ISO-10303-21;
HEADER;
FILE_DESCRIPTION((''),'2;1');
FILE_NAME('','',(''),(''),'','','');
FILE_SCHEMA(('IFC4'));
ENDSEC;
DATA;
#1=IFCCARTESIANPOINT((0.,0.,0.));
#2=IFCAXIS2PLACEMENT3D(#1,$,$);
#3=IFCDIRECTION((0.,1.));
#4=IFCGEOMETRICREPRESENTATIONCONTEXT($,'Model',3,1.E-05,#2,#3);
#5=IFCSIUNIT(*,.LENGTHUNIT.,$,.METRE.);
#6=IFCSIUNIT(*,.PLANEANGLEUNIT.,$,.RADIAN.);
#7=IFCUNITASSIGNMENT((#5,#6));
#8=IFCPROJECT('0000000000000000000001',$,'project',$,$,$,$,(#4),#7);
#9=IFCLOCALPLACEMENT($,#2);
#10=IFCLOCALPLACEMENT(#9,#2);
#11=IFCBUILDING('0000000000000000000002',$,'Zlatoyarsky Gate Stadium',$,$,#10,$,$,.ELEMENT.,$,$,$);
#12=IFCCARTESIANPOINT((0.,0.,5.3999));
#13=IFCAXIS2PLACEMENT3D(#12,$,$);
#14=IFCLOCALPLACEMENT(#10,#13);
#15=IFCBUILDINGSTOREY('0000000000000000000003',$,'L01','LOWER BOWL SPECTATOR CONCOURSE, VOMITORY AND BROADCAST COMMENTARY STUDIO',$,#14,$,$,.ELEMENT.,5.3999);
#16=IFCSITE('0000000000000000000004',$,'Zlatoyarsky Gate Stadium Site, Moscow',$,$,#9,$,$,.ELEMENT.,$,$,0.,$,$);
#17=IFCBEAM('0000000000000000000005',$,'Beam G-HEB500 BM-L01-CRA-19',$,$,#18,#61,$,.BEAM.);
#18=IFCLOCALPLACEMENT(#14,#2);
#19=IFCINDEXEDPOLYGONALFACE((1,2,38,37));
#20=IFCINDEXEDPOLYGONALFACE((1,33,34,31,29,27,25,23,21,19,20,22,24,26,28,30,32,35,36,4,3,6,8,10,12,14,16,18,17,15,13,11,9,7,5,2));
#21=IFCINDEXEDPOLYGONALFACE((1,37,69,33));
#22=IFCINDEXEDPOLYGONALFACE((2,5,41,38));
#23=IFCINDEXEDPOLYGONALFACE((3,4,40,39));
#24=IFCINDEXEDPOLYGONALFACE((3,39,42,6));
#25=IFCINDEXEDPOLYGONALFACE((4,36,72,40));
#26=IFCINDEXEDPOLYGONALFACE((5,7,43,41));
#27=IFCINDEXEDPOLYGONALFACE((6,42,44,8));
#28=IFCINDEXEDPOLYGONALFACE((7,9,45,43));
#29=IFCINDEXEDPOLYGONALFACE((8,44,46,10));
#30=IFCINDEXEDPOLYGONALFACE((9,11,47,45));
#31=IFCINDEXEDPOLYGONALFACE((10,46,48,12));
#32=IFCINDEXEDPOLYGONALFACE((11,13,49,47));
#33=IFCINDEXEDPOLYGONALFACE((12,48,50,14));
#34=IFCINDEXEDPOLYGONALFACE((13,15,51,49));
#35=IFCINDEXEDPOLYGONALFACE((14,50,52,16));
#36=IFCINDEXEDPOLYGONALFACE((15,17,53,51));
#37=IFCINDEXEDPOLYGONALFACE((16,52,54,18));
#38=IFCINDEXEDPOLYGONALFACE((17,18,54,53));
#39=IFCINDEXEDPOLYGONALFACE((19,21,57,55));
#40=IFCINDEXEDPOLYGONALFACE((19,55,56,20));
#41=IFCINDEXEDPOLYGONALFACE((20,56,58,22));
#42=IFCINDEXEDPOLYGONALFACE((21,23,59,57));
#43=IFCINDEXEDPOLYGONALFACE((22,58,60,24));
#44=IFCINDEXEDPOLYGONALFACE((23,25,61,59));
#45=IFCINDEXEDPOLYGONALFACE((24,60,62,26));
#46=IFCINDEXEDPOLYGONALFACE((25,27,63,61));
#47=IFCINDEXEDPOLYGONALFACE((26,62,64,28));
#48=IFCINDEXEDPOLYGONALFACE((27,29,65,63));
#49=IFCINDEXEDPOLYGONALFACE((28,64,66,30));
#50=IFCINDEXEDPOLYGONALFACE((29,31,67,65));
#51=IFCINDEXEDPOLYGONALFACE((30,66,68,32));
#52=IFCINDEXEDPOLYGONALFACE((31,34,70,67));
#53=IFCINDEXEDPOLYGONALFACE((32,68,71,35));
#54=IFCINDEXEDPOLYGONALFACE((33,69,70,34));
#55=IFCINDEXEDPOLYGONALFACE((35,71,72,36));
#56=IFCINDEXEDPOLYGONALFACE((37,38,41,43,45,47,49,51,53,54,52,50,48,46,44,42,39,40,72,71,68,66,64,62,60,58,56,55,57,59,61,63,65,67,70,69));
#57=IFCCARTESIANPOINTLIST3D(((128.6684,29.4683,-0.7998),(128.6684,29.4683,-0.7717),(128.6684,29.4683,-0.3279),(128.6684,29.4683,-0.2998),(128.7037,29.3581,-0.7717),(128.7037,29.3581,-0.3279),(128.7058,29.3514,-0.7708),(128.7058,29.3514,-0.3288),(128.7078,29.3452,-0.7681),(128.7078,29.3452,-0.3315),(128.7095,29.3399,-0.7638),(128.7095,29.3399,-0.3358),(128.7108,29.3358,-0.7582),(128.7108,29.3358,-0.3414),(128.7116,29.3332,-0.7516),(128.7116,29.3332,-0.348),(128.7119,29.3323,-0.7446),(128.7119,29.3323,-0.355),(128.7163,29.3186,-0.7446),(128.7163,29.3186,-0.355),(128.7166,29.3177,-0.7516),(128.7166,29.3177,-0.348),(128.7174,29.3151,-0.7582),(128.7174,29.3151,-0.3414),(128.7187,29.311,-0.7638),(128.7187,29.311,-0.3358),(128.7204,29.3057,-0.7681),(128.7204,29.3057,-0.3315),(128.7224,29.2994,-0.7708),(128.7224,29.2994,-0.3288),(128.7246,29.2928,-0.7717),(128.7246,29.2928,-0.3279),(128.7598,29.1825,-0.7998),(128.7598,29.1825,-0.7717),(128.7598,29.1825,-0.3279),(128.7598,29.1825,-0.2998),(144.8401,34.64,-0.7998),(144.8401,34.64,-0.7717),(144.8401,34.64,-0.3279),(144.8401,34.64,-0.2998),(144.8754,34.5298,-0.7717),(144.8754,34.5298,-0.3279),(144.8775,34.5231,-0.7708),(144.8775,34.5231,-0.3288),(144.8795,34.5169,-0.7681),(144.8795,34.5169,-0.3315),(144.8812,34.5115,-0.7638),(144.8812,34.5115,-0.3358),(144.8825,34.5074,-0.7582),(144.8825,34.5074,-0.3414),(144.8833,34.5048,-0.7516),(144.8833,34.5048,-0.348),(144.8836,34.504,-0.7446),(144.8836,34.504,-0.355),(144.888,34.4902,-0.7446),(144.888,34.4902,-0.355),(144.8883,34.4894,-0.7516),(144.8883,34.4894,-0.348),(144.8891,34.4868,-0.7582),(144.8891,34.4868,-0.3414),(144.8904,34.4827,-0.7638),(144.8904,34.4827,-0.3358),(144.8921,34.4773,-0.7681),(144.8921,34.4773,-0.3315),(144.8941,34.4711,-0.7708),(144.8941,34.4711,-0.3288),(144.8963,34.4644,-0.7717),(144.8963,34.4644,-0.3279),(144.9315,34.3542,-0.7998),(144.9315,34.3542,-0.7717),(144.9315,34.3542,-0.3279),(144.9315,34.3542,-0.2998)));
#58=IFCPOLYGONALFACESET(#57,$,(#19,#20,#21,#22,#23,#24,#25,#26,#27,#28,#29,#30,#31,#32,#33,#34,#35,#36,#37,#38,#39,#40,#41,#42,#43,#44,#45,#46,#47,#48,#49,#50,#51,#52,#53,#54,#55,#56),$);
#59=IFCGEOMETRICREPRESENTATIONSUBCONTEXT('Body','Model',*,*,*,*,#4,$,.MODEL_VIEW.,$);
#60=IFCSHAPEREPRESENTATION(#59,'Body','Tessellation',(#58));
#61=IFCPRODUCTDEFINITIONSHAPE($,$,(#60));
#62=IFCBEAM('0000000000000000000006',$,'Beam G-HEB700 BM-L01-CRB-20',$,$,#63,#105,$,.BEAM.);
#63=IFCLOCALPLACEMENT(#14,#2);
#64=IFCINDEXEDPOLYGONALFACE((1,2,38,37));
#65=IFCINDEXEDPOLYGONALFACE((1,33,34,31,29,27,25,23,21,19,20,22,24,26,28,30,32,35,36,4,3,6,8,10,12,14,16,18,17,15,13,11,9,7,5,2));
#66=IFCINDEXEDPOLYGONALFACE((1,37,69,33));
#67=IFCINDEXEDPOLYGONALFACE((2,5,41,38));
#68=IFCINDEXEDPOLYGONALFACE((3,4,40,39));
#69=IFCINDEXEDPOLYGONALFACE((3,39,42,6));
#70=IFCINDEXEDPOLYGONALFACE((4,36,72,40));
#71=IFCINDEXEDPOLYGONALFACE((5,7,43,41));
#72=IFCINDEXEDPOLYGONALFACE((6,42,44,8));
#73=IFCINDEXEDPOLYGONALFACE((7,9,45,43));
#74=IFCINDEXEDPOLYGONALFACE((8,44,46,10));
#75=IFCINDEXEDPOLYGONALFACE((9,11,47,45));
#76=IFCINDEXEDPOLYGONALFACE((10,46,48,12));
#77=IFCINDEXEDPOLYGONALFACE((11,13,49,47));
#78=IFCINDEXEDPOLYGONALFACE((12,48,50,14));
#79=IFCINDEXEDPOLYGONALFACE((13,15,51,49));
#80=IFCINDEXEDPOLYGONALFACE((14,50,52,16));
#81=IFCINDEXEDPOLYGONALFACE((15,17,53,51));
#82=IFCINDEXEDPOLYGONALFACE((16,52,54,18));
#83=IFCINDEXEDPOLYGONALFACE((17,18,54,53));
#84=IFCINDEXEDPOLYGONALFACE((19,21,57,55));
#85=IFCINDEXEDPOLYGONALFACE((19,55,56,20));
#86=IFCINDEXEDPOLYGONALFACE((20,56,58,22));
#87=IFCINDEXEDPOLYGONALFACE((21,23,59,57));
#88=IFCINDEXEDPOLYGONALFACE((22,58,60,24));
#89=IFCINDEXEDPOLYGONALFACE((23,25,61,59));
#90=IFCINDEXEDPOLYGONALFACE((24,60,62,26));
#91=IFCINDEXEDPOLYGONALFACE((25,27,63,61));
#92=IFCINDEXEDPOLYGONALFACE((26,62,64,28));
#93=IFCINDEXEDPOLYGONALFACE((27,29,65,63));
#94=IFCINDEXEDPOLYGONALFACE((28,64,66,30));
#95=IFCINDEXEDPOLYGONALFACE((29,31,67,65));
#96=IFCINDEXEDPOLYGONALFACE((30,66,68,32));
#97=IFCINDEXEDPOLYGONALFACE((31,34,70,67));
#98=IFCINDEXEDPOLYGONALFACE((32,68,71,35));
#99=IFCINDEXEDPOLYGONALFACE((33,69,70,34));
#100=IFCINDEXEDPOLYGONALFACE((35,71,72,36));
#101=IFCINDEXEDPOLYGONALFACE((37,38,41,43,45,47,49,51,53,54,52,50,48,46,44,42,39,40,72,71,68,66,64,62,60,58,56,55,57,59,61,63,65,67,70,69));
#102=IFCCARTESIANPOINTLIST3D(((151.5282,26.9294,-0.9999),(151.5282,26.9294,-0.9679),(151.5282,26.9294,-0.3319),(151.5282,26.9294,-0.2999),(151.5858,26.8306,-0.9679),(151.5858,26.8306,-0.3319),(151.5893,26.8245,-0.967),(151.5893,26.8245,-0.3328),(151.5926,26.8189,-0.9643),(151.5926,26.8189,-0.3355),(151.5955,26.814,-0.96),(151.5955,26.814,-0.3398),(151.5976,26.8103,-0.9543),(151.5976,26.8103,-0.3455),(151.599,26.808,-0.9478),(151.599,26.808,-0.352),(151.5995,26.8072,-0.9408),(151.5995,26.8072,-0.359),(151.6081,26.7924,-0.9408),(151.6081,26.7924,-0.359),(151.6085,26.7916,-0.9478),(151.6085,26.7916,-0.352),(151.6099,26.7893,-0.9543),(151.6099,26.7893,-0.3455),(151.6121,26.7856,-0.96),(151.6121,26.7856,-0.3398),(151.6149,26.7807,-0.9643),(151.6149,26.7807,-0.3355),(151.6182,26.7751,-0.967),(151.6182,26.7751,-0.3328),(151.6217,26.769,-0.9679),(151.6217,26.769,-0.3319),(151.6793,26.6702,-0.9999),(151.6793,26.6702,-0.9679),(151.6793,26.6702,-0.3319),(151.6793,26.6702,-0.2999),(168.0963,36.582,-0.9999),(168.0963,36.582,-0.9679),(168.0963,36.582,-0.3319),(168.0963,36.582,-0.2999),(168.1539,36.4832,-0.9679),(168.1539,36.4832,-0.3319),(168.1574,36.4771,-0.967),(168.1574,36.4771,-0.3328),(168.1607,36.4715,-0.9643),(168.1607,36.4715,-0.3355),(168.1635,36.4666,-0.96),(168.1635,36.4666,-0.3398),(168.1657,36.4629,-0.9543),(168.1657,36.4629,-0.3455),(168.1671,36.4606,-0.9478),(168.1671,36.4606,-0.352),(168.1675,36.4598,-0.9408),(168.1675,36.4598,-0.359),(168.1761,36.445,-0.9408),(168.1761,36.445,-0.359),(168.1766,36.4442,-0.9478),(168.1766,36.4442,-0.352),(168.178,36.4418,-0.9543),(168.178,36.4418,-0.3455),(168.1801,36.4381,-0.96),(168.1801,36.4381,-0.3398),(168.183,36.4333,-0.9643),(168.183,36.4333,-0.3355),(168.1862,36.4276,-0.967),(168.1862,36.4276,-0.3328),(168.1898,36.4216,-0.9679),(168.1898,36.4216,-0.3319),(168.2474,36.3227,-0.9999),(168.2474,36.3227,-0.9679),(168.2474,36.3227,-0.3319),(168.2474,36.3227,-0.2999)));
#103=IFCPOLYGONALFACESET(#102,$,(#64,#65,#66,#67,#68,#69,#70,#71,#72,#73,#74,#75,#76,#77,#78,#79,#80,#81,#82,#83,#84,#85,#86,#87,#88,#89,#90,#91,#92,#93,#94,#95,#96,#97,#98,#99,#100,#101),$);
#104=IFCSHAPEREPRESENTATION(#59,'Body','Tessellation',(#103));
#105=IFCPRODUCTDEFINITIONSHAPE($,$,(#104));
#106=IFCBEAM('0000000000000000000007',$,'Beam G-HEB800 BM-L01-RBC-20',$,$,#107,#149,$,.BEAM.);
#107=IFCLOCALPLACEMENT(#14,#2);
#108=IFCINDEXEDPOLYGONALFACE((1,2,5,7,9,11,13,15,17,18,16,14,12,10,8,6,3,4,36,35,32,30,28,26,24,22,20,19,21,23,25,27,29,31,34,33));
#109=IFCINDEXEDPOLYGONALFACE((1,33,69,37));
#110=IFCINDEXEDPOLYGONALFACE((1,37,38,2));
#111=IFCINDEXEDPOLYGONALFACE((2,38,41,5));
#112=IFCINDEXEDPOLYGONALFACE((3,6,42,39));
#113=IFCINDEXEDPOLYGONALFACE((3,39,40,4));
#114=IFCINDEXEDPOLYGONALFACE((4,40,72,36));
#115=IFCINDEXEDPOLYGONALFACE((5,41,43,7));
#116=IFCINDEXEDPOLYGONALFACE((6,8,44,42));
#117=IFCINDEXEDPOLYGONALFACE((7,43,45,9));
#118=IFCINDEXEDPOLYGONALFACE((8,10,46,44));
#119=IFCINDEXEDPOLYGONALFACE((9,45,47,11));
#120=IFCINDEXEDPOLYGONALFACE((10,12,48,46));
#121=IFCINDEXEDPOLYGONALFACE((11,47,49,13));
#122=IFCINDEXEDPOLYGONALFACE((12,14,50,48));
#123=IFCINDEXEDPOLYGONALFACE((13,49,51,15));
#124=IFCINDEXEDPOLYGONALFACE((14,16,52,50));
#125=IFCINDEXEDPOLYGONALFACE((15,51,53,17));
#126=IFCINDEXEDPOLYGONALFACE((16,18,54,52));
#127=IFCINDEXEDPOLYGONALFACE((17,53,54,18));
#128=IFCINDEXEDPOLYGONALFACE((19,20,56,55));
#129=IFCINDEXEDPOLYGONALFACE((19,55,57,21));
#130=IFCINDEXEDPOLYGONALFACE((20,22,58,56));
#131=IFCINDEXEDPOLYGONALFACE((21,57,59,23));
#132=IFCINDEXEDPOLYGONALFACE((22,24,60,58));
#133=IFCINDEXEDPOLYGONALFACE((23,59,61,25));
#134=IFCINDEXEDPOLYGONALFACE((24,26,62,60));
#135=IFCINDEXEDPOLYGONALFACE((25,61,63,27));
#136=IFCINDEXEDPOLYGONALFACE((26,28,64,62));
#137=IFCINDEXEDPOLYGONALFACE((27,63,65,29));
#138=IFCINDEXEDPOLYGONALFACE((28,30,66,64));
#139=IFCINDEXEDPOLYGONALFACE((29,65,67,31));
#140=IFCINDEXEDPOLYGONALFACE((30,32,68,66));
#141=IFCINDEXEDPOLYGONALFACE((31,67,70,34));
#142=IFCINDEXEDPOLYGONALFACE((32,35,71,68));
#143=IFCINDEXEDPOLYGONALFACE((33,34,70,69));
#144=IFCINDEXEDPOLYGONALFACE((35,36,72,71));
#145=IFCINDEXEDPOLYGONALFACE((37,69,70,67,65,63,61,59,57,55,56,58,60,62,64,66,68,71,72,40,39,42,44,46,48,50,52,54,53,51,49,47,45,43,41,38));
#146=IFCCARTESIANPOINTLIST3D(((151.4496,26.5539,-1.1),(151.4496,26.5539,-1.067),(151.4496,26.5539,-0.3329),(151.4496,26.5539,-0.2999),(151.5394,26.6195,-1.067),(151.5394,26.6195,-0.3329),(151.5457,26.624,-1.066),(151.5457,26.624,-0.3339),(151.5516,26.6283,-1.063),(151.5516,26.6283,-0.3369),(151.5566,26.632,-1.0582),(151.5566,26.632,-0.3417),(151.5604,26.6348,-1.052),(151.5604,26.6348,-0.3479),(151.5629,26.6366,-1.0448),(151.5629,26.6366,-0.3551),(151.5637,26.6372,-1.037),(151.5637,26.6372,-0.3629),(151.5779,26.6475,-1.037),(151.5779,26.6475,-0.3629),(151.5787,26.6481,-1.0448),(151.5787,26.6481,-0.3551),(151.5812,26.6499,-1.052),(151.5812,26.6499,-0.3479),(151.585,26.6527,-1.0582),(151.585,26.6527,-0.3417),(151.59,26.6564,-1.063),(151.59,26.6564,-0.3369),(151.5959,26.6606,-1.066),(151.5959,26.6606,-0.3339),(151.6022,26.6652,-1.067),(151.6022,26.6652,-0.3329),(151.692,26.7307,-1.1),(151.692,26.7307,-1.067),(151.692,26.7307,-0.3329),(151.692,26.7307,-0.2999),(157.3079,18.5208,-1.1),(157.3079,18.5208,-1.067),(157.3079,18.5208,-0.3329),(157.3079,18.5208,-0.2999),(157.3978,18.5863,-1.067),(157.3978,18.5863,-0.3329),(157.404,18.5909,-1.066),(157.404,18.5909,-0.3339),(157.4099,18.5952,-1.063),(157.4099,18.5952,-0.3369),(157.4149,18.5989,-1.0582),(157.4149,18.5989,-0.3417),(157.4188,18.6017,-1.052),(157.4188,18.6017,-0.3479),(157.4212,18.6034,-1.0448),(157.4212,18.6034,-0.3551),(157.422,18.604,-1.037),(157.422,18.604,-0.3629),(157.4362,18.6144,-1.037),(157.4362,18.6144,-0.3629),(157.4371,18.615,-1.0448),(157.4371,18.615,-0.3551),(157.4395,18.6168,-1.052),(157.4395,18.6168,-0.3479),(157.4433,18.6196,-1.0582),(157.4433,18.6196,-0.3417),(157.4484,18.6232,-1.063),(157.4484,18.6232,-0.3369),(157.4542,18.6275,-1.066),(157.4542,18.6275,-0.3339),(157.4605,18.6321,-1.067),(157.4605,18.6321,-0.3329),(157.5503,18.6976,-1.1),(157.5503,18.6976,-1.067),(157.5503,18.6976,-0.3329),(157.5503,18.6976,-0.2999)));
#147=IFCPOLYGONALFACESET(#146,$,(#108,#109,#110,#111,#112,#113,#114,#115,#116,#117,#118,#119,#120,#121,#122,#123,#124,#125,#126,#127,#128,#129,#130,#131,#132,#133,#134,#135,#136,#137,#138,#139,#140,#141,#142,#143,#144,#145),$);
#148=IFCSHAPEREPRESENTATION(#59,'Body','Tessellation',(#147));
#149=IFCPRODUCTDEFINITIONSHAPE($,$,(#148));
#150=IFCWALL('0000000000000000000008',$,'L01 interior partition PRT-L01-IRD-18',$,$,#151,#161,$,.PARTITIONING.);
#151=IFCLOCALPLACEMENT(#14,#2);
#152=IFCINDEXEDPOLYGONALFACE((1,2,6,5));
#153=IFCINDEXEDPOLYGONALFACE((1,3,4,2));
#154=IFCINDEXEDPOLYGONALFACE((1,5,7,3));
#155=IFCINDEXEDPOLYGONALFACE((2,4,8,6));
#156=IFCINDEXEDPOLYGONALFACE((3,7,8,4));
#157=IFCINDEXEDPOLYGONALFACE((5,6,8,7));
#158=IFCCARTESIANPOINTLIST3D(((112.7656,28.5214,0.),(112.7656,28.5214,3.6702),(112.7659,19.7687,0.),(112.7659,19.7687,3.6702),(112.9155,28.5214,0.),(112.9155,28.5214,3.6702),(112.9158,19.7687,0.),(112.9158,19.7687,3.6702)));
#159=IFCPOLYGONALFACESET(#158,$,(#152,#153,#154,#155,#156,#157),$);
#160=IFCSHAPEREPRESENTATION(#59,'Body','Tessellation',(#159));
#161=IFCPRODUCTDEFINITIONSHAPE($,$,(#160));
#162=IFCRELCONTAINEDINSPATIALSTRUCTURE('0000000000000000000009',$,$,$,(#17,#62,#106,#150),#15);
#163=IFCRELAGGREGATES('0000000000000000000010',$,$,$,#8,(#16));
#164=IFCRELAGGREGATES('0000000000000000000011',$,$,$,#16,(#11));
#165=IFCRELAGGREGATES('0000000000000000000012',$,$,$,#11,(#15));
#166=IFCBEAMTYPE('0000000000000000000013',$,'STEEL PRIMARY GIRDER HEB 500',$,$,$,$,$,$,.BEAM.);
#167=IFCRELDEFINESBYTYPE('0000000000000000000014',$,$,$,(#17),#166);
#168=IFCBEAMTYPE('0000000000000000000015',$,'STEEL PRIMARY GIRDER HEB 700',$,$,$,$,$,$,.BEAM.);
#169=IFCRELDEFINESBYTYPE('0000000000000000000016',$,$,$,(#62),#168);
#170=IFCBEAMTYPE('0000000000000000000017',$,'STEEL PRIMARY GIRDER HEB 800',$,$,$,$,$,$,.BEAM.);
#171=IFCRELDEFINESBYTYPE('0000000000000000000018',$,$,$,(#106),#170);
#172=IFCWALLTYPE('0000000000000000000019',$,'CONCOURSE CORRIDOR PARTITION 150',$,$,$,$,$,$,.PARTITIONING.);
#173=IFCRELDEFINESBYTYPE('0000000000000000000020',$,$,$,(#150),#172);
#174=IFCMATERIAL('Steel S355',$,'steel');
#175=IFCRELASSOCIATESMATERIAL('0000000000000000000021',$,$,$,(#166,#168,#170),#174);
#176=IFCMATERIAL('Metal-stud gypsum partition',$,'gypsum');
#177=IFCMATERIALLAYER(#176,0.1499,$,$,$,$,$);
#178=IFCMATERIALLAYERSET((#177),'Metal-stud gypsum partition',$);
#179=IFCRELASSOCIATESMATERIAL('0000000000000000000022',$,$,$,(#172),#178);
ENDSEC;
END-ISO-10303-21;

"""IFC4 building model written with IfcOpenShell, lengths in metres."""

from ifc_helpers import new_model, si_unit, direction, frame, frame_2d, origin, origin_2d, place, context, subcontext, project, spatial, rectangle, i_section, extrude, material, layer, layer_set, material_profile, profile_set, type_object, element, save


model = new_model("IFC4")

# Units and contexts
model_context = context("Model", 3, precision=1e-05, world=origin(), true_north=direction((0.0, 1.0)))
body_context = subcontext(model_context, "Body", "Model", "MODEL_VIEW")
ifc_project = project(units=[si_unit("LENGTHUNIT", "METRE"), si_unit("PLANEANGLEUNIT", "RADIAN")], contexts=[model_context])

# Site, building, storey
site_placement = place(None, origin())
site = spatial("IfcSite", under=ifc_project, at=site_placement, Name="Zlatoyarsky Gate Stadium Site, Moscow", CompositionType="ELEMENT", RefElevation=0.0)
building_placement = place(site_placement, origin())
building = spatial("IfcBuilding", under=site, at=building_placement, Name="Zlatoyarsky Gate Stadium", CompositionType="ELEMENT")
storey_placement = place(building_placement, frame((0.0, 0.0, 5.3999)))
storey = spatial("IfcBuildingStorey", under=building, at=storey_placement, Name="L01", Description="LOWER BOWL SPECTATOR CONCOURSE, VOMITORY AND BROADCAST COMMENTARY STUDIO", CompositionType="ELEMENT", Elevation=5.3999)

# Beams
ifc_material_1 = material(Name="Steel S355", Category="steel")
ifc_material_profile_1 = material_profile(ifc_material_1, i_section(OverallWidth=0.3, OverallDepth=0.5, WebThickness=0.0144, FlangeThickness=0.0281, FilletRadius=0.0271, at=origin_2d()), Name="HEB 500")
ifc_profile_set_1 = profile_set([ifc_material_profile_1], Name="Steel S355")
beam_type_1 = type_object("IfcBeamType", Name="STEEL PRIMARY GIRDER HEB 500", PredefinedType="BEAM", material=ifc_profile_set_1)
beam_1_placement = place(storey_placement, frame((128.7141, 29.3254, -0.5498), z_axis=(0.95248, 0.3046, 0.0), x_axis=(-0.3046, 0.95248, 0.0)))
element("IfcBeam", 1, at=beam_1_placement, inside=storey, type_object=beam_type_1, Name="Beam G-HEB500 BM-L01-CRA-19", PredefinedType="BEAM", context=body_context, shape_type="SweptSolid", body=[
    extrude(i_section(OverallWidth=0.3, OverallDepth=0.5, WebThickness=0.0144, FlangeThickness=0.0281, FilletRadius=0.0271, at=origin_2d()), origin(), (0.0, 0.0, 1.0), 16.9785),
])
ifc_material_profile_2 = material_profile(ifc_material_1, i_section(OverallWidth=0.3, OverallDepth=0.7, WebThickness=0.0171, FlangeThickness=0.032, FilletRadius=0.0271, at=origin_2d()), Name="HEB 700")
ifc_profile_set_2 = profile_set([ifc_material_profile_2], Name="Steel S355")
beam_type_2 = type_object("IfcBeamType", Name="STEEL PRIMARY GIRDER HEB 700", PredefinedType="BEAM", material=ifc_profile_set_2)
beam_2_placement = place(storey_placement, frame((151.6038, 26.7998, -0.6499), z_axis=(0.864054, 0.503398, 0.0), x_axis=(-0.503398, 0.864054, 0.0)))
element("IfcBeam", 2, at=beam_2_placement, inside=storey, type_object=beam_type_2, Name="Beam G-HEB700 BM-L01-CRB-20", PredefinedType="BEAM", context=body_context, shape_type="SweptSolid", body=[
    extrude(i_section(OverallWidth=0.3, OverallDepth=0.7, WebThickness=0.0171, FlangeThickness=0.032, FilletRadius=0.0271, at=origin_2d()), origin(), (0.0, 0.0, 1.0), 19.1748),
])
ifc_material_profile_3 = material_profile(ifc_material_1, i_section(OverallWidth=0.3, OverallDepth=0.8, WebThickness=0.0176, FlangeThickness=0.033, FilletRadius=0.03, at=origin_2d()), Name="HEB 800")
ifc_profile_set_3 = profile_set([ifc_material_profile_3], Name="Steel S355")
beam_type_3 = type_object("IfcBeamType", Name="STEEL PRIMARY GIRDER HEB 800", PredefinedType="BEAM", material=ifc_profile_set_3)
beam_3_placement = place(storey_placement, frame((151.5708, 26.6423, -0.7), z_axis=(0.589228, -0.807967, 0.0), x_axis=(0.807967, 0.589228, 0.0)))
element("IfcBeam", 3, at=beam_3_placement, inside=storey, type_object=beam_type_3, Name="Beam G-HEB800 BM-L01-RBC-20", PredefinedType="BEAM", context=body_context, shape_type="SweptSolid", body=[
    extrude(i_section(OverallWidth=0.3, OverallDepth=0.8, WebThickness=0.0176, FlangeThickness=0.033, FilletRadius=0.03, at=origin_2d()), origin(), (0.0, 0.0, 1.0), 9.9424),
])

# Wall
ifc_material_2 = material(Name="Metal-stud gypsum partition", Category="gypsum")
ifc_layer_1 = layer(ifc_material_2, 0.1499)
ifc_layer_set_1 = layer_set([ifc_layer_1], Name="Metal-stud gypsum partition")
wall_type_1 = type_object("IfcWallType", Name="CONCOURSE CORRIDOR PARTITION 150", PredefinedType="PARTITIONING", material=ifc_layer_set_1)
wall_1_placement = place(storey_placement, frame((112.8406, 28.5215, 0.0), z_axis=(0.0, 0.0, 1.0), x_axis=(0.000028, -1.0, 0.0)))
element("IfcWall", 4, at=wall_1_placement, inside=storey, type_object=wall_type_1, Name="L01 interior partition PRT-L01-IRD-18", PredefinedType="PARTITIONING", context=body_context, shape_type="SweptSolid", body=[
    extrude(rectangle(XDim=8.7527, YDim=0.1499, at=frame_2d((4.3765, 0.0))), origin(), (0.0, 0.0, 1.0), 3.6702),
])

save(model, "model.ifc")
